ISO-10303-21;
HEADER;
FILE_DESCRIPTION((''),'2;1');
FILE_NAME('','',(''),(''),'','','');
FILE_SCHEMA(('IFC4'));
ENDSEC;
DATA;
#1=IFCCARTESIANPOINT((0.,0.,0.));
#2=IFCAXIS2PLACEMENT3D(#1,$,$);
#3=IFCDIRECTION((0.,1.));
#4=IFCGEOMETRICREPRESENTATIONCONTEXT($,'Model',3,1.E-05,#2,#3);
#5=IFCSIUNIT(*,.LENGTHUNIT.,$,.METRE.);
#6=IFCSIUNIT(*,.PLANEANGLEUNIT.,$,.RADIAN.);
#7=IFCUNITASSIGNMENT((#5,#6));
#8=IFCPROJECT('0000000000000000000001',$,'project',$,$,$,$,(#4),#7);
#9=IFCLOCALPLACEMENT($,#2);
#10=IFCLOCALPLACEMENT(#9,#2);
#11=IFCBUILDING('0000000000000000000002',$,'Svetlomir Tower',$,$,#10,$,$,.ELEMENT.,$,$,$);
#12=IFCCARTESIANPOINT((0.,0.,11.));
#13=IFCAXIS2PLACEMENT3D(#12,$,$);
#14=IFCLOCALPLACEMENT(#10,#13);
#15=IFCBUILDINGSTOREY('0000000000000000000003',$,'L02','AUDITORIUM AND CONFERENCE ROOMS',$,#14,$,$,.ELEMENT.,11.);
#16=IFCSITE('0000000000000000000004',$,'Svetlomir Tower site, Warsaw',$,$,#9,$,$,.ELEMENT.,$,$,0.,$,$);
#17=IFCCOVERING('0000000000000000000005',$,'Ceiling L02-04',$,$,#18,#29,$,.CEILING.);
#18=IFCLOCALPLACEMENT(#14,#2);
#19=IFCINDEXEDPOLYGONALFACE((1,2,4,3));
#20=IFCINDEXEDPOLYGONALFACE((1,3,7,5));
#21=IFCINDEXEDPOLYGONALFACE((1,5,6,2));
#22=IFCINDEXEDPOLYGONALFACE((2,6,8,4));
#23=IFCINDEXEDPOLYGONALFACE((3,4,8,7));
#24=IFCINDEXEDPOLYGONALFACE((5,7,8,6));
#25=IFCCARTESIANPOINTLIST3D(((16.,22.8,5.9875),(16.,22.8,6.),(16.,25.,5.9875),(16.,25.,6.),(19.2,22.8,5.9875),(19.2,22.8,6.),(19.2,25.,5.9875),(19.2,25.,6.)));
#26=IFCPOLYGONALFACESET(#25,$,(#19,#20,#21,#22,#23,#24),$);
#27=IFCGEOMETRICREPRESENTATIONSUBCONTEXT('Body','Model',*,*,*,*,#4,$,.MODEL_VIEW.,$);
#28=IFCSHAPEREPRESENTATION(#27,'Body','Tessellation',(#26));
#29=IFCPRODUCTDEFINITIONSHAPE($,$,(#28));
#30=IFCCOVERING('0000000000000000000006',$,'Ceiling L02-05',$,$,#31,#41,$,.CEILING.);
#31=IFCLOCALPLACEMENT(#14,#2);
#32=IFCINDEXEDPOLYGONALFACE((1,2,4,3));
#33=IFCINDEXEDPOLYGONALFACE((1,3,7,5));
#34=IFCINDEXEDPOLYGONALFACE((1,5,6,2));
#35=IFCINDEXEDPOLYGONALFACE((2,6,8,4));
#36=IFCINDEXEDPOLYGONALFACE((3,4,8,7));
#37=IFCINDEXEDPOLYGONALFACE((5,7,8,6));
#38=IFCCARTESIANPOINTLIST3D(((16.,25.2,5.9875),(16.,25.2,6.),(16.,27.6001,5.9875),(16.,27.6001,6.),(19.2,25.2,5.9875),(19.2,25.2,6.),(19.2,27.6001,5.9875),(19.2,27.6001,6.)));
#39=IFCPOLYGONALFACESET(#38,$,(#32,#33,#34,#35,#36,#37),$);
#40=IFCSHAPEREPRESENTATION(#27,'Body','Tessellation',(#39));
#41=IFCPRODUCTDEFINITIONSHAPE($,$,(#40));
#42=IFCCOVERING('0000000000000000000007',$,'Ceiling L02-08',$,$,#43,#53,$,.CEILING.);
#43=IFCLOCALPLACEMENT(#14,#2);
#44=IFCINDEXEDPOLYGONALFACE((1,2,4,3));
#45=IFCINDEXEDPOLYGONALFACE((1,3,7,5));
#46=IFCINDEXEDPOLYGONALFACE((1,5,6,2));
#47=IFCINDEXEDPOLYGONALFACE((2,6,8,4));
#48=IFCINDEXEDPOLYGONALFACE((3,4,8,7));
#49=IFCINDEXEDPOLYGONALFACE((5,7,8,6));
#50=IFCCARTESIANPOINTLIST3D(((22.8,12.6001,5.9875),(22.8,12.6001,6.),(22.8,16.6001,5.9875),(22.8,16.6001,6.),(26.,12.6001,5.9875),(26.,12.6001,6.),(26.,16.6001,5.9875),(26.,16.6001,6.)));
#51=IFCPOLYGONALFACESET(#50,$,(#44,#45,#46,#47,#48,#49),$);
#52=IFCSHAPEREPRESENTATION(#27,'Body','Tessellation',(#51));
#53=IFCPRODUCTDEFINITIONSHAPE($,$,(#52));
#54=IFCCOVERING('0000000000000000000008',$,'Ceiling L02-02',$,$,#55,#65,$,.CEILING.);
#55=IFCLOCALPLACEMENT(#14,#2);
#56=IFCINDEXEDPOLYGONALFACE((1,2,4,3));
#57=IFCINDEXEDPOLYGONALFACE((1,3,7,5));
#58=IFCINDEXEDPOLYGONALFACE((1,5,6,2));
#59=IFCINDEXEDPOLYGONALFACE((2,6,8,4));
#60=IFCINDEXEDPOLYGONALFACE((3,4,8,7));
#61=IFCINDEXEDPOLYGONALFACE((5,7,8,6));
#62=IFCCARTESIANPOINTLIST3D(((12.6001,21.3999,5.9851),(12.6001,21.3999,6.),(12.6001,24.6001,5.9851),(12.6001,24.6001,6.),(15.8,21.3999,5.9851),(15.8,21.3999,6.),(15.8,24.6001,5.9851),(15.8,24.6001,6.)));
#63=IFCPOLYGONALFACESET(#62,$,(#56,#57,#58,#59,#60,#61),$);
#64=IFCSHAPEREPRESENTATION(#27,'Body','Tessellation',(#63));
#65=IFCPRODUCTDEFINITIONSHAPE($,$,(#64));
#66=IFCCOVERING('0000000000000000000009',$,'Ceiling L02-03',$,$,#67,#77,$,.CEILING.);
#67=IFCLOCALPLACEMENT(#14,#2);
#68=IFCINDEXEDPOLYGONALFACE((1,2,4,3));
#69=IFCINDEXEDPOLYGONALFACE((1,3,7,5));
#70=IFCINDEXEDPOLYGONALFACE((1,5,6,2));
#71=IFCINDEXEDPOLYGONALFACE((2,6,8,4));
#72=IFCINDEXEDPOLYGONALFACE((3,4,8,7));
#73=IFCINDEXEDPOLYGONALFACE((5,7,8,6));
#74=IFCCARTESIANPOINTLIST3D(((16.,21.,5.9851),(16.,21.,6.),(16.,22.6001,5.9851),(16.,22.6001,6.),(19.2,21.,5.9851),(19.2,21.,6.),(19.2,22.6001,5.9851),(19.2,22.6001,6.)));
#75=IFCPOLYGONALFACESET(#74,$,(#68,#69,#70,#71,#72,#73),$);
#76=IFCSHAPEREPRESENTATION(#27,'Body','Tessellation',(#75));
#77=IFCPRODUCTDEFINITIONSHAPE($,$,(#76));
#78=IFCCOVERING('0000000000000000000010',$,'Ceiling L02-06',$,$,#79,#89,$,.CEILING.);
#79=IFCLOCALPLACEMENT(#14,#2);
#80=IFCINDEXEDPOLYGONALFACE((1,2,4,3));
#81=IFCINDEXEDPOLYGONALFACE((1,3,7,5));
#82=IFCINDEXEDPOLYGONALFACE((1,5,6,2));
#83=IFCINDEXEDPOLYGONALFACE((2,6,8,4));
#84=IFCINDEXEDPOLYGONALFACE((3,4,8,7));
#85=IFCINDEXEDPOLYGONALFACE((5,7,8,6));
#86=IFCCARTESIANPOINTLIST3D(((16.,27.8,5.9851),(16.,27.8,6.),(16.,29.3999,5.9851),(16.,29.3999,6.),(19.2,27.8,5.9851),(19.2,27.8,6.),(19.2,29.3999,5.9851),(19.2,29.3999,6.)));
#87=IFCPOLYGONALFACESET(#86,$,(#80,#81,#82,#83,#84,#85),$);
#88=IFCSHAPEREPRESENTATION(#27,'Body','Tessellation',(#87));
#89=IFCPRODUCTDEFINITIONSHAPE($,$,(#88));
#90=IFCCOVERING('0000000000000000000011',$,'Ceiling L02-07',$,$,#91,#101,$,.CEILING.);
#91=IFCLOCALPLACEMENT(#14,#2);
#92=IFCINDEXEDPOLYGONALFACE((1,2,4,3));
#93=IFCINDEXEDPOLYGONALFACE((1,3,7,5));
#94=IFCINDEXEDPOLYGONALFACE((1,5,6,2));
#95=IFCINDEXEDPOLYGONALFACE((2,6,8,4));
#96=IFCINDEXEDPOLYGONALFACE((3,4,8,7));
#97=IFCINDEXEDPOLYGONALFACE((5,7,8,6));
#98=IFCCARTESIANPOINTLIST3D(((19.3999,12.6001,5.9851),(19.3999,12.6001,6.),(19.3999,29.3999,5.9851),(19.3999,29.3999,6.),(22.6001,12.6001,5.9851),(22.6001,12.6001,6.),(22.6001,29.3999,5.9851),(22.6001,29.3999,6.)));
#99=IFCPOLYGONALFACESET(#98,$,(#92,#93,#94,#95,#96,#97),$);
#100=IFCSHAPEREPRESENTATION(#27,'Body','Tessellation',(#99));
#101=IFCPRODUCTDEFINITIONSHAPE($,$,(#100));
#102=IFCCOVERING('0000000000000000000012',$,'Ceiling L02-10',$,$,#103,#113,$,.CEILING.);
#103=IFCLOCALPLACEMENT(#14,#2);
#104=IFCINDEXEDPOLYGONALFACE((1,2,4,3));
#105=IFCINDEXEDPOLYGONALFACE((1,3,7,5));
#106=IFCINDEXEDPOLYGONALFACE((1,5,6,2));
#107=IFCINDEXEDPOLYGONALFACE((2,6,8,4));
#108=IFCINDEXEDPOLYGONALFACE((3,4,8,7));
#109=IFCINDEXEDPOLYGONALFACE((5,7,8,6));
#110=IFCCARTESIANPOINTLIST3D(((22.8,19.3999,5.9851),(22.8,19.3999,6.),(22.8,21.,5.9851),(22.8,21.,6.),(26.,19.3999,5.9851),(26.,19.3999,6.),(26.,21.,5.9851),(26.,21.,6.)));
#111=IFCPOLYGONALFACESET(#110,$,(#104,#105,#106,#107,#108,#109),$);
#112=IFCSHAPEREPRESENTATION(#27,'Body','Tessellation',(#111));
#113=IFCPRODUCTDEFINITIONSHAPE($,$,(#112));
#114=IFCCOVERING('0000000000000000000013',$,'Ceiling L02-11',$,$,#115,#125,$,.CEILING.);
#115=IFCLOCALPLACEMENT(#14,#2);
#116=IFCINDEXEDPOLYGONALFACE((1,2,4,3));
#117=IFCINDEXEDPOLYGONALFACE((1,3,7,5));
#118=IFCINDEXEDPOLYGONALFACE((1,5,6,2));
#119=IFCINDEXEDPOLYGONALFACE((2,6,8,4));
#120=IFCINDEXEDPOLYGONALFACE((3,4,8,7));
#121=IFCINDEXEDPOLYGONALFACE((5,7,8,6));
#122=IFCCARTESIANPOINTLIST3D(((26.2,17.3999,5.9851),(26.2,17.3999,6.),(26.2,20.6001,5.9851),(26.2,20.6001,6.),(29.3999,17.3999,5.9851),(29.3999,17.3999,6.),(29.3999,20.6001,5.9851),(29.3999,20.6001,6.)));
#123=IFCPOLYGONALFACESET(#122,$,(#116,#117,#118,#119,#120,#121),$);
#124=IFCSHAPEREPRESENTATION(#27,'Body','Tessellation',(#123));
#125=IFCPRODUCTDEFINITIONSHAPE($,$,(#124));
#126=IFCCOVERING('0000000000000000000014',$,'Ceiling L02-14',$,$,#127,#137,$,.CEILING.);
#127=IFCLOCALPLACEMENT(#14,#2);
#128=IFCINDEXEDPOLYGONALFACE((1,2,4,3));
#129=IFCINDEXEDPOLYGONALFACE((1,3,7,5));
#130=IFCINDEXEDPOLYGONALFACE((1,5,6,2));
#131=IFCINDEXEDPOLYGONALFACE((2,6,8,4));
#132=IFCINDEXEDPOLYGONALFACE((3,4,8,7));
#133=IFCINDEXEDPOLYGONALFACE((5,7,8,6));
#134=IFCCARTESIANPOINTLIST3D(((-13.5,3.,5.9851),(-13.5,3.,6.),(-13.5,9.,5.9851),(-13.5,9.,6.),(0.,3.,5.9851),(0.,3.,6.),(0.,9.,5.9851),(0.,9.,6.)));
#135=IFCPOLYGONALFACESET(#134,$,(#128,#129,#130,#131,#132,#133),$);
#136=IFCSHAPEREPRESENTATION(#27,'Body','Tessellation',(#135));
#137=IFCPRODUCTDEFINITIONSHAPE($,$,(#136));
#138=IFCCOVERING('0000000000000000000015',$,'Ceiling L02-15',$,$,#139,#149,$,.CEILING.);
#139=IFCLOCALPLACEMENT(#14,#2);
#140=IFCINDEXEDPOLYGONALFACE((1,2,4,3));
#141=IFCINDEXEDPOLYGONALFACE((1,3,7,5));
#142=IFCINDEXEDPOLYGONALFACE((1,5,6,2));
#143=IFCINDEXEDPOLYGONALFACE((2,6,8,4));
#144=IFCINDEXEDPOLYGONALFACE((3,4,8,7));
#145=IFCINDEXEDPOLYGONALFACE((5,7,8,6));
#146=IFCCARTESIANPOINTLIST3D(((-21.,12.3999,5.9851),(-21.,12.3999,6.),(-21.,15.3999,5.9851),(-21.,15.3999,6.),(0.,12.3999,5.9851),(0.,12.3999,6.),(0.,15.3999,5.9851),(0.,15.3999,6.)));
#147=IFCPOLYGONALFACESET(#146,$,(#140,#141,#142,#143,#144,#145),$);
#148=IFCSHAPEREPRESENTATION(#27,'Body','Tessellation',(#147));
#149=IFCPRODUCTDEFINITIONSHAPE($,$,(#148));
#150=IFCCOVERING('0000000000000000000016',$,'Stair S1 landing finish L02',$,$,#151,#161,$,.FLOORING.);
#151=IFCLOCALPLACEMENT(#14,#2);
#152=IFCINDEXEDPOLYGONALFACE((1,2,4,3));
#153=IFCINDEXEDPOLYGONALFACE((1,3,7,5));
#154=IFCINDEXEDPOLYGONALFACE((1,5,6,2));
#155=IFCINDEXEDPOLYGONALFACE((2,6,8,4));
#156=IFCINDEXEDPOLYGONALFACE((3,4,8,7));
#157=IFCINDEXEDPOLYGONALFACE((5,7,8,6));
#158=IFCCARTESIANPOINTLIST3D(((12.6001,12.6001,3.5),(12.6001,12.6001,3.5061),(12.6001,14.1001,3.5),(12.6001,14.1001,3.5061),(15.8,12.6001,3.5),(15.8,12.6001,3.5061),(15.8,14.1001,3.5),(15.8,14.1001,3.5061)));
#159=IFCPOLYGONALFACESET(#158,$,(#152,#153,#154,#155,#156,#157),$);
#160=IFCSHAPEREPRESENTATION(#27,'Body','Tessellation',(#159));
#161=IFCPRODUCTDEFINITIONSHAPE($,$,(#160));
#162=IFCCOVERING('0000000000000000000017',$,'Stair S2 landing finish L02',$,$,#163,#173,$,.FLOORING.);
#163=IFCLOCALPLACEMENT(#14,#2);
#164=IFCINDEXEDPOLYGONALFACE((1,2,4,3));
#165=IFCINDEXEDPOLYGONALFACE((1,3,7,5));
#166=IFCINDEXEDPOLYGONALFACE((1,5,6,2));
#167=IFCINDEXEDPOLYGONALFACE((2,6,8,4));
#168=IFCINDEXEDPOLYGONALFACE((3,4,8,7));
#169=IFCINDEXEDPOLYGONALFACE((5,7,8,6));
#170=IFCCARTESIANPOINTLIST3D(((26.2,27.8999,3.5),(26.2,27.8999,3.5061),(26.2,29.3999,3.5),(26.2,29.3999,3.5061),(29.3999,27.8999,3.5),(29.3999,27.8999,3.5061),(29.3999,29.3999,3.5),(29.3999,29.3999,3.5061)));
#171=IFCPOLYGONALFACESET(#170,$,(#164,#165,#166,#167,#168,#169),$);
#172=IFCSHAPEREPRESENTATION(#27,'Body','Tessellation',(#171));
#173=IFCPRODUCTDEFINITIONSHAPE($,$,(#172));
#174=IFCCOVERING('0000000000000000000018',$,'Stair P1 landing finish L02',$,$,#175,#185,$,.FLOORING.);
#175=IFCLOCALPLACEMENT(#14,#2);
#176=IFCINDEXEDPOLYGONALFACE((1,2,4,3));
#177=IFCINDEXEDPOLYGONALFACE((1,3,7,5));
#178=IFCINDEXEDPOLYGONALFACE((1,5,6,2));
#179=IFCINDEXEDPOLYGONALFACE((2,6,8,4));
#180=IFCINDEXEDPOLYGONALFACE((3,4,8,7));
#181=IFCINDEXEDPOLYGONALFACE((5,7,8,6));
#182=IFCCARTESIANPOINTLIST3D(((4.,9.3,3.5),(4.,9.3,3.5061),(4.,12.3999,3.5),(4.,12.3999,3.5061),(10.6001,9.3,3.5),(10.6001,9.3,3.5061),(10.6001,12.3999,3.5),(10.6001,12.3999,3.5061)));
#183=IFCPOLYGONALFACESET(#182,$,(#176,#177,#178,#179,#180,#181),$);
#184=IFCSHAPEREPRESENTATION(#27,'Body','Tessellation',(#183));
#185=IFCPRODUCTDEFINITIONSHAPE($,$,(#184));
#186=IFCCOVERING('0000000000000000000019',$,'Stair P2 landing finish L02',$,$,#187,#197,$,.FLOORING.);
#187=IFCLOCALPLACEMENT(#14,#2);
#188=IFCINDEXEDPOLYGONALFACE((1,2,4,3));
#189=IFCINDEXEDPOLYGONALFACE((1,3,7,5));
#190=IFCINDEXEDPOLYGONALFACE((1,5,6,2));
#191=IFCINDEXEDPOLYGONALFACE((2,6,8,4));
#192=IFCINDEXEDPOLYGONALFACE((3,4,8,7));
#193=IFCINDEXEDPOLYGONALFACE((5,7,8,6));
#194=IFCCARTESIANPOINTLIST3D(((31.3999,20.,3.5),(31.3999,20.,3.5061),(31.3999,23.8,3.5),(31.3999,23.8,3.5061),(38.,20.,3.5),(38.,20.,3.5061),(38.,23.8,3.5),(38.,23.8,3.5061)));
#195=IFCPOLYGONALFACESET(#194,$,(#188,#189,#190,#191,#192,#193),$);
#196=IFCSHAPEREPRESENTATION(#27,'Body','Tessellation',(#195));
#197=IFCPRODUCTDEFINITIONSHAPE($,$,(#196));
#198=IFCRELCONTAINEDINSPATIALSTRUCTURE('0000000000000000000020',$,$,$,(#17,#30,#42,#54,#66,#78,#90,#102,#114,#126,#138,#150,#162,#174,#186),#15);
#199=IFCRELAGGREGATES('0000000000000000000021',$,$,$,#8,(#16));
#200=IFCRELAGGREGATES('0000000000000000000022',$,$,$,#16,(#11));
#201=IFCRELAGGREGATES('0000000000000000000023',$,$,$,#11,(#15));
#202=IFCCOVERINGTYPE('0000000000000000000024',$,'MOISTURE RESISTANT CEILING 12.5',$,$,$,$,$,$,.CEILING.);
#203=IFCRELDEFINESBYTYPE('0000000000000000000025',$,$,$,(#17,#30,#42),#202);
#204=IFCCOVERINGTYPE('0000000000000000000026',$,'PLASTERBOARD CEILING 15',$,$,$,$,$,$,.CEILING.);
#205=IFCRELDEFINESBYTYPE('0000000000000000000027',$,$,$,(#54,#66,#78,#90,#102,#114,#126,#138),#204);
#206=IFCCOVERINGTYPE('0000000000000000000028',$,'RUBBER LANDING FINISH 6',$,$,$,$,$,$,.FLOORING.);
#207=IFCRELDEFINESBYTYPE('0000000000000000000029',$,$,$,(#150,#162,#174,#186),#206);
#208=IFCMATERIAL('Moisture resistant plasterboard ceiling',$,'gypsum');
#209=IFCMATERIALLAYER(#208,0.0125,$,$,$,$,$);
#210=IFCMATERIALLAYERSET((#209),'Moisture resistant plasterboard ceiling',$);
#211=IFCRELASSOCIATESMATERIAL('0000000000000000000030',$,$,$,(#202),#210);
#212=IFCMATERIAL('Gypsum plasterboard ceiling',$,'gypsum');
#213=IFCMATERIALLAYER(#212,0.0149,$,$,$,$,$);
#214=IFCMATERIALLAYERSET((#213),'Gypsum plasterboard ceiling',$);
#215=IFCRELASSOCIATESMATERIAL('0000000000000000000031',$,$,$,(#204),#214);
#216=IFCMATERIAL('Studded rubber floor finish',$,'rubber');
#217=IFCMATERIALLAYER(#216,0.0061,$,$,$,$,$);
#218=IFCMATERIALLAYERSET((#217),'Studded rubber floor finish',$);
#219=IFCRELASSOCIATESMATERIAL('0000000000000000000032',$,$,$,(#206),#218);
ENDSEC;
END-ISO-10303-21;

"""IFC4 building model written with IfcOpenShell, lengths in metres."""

from ifc_helpers import new_model, si_unit, direction, frame, origin, place, context, subcontext, project, spatial, polyline, outline, extrude, material, layer, layer_set, type_object, element, save


model = new_model("IFC4")

# Units and contexts
model_context = context("Model", 3, precision=1e-05, world=origin(), true_north=direction((0.0, 1.0)))
body_context = subcontext(model_context, "Body", "Model", "MODEL_VIEW")
ifc_project = project(units=[si_unit("LENGTHUNIT", "METRE"), si_unit("PLANEANGLEUNIT", "RADIAN")], contexts=[model_context])

# Site, building, storey
site_placement = place(None, origin())
site = spatial("IfcSite", under=ifc_project, at=site_placement, Name="Svetlomir Tower site, Warsaw", CompositionType="ELEMENT", RefElevation=0.0)
building_placement = place(site_placement, origin())
building = spatial("IfcBuilding", under=site, at=building_placement, Name="Svetlomir Tower", CompositionType="ELEMENT")
storey_placement = place(building_placement, frame((0.0, 0.0, 11.0)))
storey = spatial("IfcBuildingStorey", under=building, at=storey_placement, Name="L02", Description="AUDITORIUM AND CONFERENCE ROOMS", CompositionType="ELEMENT", Elevation=11.0)

# Coverings
ifc_material_1 = material(Name="Moisture resistant plasterboard ceiling", Category="gypsum")
ifc_layer_1 = layer(ifc_material_1, 0.0125)
ifc_layer_set_1 = layer_set([ifc_layer_1], Name="Moisture resistant plasterboard ceiling")
covering_type_1 = type_object("IfcCoveringType", Name="MOISTURE RESISTANT CEILING 12.5", PredefinedType="CEILING", material=ifc_layer_set_1)
covering_1_placement = place(storey_placement, frame((0.0, 0.0, 5.9875)))
element("IfcCovering", 1, at=covering_1_placement, inside=storey, type_object=covering_type_1, Name="Ceiling L02-04", PredefinedType="CEILING", context=body_context, shape_type="SweptSolid", body=[
    extrude(outline(polyline([(16.0, 22.8), (19.2, 22.8), (19.2, 25.0), (16.0, 25.0), (16.0, 22.8)])), origin(), (0.0, 0.0, 1.0), 0.0125),
])
covering_2_placement = place(storey_placement, frame((0.0, 0.0, 5.9875)))
element("IfcCovering", 2, at=covering_2_placement, inside=storey, type_object=covering_type_1, Name="Ceiling L02-05", PredefinedType="CEILING", context=body_context, shape_type="SweptSolid", body=[
    extrude(outline(polyline([(16.0, 25.2), (19.2, 25.2), (19.2, 27.6001), (16.0, 27.6001), (16.0, 25.2)])), origin(), (0.0, 0.0, 1.0), 0.0125),
])
covering_3_placement = place(storey_placement, frame((0.0, 0.0, 5.9875)))
element("IfcCovering", 3, at=covering_3_placement, inside=storey, type_object=covering_type_1, Name="Ceiling L02-08", PredefinedType="CEILING", context=body_context, shape_type="SweptSolid", body=[
    extrude(outline(polyline([(22.8, 12.6001), (26.0, 12.6001), (26.0, 16.6001), (22.8, 16.6001), (22.8, 12.6001)])), origin(), (0.0, 0.0, 1.0), 0.0125),
])
ifc_material_2 = material(Name="Gypsum plasterboard ceiling", Category="gypsum")
ifc_layer_2 = layer(ifc_material_2, 0.0149)
ifc_layer_set_2 = layer_set([ifc_layer_2], Name="Gypsum plasterboard ceiling")
covering_type_2 = type_object("IfcCoveringType", Name="PLASTERBOARD CEILING 15", PredefinedType="CEILING", material=ifc_layer_set_2)
covering_4_placement = place(storey_placement, frame((0.0, 0.0, 5.9851)))
element("IfcCovering", 4, at=covering_4_placement, inside=storey, type_object=covering_type_2, Name="Ceiling L02-02", PredefinedType="CEILING", context=body_context, shape_type="SweptSolid", body=[
    extrude(outline(polyline([(12.6001, 21.3999), (15.8, 21.3999), (15.8, 24.6001), (12.6001, 24.6001), (12.6001, 21.3999)])), origin(), (0.0, 0.0, 1.0), 0.0149),
])
covering_5_placement = place(storey_placement, frame((0.0, 0.0, 5.9851)))
element("IfcCovering", 5, at=covering_5_placement, inside=storey, type_object=covering_type_2, Name="Ceiling L02-03", PredefinedType="CEILING", context=body_context, shape_type="SweptSolid", body=[
    extrude(outline(polyline([(16.0, 21.0), (19.2, 21.0), (19.2, 22.6001), (16.0, 22.6001), (16.0, 21.0)])), origin(), (0.0, 0.0, 1.0), 0.0149),
])
covering_6_placement = place(storey_placement, frame((0.0, 0.0, 5.9851)))
element("IfcCovering", 6, at=covering_6_placement, inside=storey, type_object=covering_type_2, Name="Ceiling L02-06", PredefinedType="CEILING", context=body_context, shape_type="SweptSolid", body=[
    extrude(outline(polyline([(16.0, 27.8), (19.2, 27.8), (19.2, 29.3999), (16.0, 29.3999), (16.0, 27.8)])), origin(), (0.0, 0.0, 1.0), 0.0149),
])
covering_7_placement = place(storey_placement, frame((0.0, 0.0, 5.9851)))
element("IfcCovering", 7, at=covering_7_placement, inside=storey, type_object=covering_type_2, Name="Ceiling L02-07", PredefinedType="CEILING", context=body_context, shape_type="SweptSolid", body=[
    extrude(outline(polyline([(19.3999, 12.6001), (22.6001, 12.6001), (22.6001, 29.3999), (19.3999, 29.3999), (19.3999, 12.6001)])), origin(), (0.0, 0.0, 1.0), 0.0149),
])
covering_8_placement = place(storey_placement, frame((0.0, 0.0, 5.9851)))
element("IfcCovering", 8, at=covering_8_placement, inside=storey, type_object=covering_type_2, Name="Ceiling L02-10", PredefinedType="CEILING", context=body_context, shape_type="SweptSolid", body=[
    extrude(outline(polyline([(22.8, 19.3999), (26.0, 19.3999), (26.0, 21.0), (22.8, 21.0), (22.8, 19.3999)])), origin(), (0.0, 0.0, 1.0), 0.0149),
])
covering_9_placement = place(storey_placement, frame((0.0, 0.0, 5.9851)))
element("IfcCovering", 9, at=covering_9_placement, inside=storey, type_object=covering_type_2, Name="Ceiling L02-11", PredefinedType="CEILING", context=body_context, shape_type="SweptSolid", body=[
    extrude(outline(polyline([(26.2, 17.3999), (29.3999, 17.3999), (29.3999, 20.6001), (26.2, 20.6001), (26.2, 17.3999)])), origin(), (0.0, 0.0, 1.0), 0.0149),
])
covering_10_placement = place(storey_placement, frame((0.0, 0.0, 5.9851)))
element("IfcCovering", 10, at=covering_10_placement, inside=storey, type_object=covering_type_2, Name="Ceiling L02-14", PredefinedType="CEILING", context=body_context, shape_type="SweptSolid", body=[
    extrude(outline(polyline([(-13.5, 3.0), (0.0, 3.0), (0.0, 9.0), (-13.5, 9.0), (-13.5, 3.0)])), origin(), (0.0, 0.0, 1.0), 0.0149),
])
covering_11_placement = place(storey_placement, frame((0.0, 0.0, 5.9851)))
element("IfcCovering", 11, at=covering_11_placement, inside=storey, type_object=covering_type_2, Name="Ceiling L02-15", PredefinedType="CEILING", context=body_context, shape_type="SweptSolid", body=[
    extrude(outline(polyline([(-21.0, 12.3999), (0.0, 12.3999), (0.0, 15.3999), (-21.0, 15.3999), (-21.0, 12.3999)])), origin(), (0.0, 0.0, 1.0), 0.0149),
])
ifc_material_3 = material(Name="Studded rubber floor finish", Category="rubber")
ifc_layer_3 = layer(ifc_material_3, 0.0061)
ifc_layer_set_3 = layer_set([ifc_layer_3], Name="Studded rubber floor finish")
covering_type_3 = type_object("IfcCoveringType", Name="RUBBER LANDING FINISH 6", PredefinedType="FLOORING", material=ifc_layer_set_3)
covering_12_placement = place(storey_placement, frame((0.0, 0.0, 3.5)))
element("IfcCovering", 12, at=covering_12_placement, inside=storey, type_object=covering_type_3, Name="Stair S1 landing finish L02", PredefinedType="FLOORING", context=body_context, shape_type="SweptSolid", body=[
    extrude(outline(polyline([(12.6001, 12.6001), (15.8, 12.6001), (15.8, 14.1001), (12.6001, 14.1001), (12.6001, 12.6001)])), origin(), (0.0, 0.0, 1.0), 0.0061),
])
covering_13_placement = place(storey_placement, frame((0.0, 0.0, 3.5)))
element("IfcCovering", 13, at=covering_13_placement, inside=storey, type_object=covering_type_3, Name="Stair S2 landing finish L02", PredefinedType="FLOORING", context=body_context, shape_type="SweptSolid", body=[
    extrude(outline(polyline([(26.2, 27.8999), (29.3999, 27.8999), (29.3999, 29.3999), (26.2, 29.3999), (26.2, 27.8999)])), origin(), (0.0, 0.0, 1.0), 0.0061),
])
covering_14_placement = place(storey_placement, frame((0.0, 0.0, 3.5)))
element("IfcCovering", 14, at=covering_14_placement, inside=storey, type_object=covering_type_3, Name="Stair P1 landing finish L02", PredefinedType="FLOORING", context=body_context, shape_type="SweptSolid", body=[
    extrude(outline(polyline([(4.0, 9.3), (10.6001, 9.3), (10.6001, 12.3999), (4.0, 12.3999), (4.0, 9.3)])), origin(), (0.0, 0.0, 1.0), 0.0061),
])
covering_15_placement = place(storey_placement, frame((0.0, 0.0, 3.5)))
element("IfcCovering", 15, at=covering_15_placement, inside=storey, type_object=covering_type_3, Name="Stair P2 landing finish L02", PredefinedType="FLOORING", context=body_context, shape_type="SweptSolid", body=[
    extrude(outline(polyline([(31.3999, 20.0), (38.0, 20.0), (38.0, 23.8), (31.3999, 23.8), (31.3999, 20.0)])), origin(), (0.0, 0.0, 1.0), 0.0061),
])

save(model, "model.ifc")
